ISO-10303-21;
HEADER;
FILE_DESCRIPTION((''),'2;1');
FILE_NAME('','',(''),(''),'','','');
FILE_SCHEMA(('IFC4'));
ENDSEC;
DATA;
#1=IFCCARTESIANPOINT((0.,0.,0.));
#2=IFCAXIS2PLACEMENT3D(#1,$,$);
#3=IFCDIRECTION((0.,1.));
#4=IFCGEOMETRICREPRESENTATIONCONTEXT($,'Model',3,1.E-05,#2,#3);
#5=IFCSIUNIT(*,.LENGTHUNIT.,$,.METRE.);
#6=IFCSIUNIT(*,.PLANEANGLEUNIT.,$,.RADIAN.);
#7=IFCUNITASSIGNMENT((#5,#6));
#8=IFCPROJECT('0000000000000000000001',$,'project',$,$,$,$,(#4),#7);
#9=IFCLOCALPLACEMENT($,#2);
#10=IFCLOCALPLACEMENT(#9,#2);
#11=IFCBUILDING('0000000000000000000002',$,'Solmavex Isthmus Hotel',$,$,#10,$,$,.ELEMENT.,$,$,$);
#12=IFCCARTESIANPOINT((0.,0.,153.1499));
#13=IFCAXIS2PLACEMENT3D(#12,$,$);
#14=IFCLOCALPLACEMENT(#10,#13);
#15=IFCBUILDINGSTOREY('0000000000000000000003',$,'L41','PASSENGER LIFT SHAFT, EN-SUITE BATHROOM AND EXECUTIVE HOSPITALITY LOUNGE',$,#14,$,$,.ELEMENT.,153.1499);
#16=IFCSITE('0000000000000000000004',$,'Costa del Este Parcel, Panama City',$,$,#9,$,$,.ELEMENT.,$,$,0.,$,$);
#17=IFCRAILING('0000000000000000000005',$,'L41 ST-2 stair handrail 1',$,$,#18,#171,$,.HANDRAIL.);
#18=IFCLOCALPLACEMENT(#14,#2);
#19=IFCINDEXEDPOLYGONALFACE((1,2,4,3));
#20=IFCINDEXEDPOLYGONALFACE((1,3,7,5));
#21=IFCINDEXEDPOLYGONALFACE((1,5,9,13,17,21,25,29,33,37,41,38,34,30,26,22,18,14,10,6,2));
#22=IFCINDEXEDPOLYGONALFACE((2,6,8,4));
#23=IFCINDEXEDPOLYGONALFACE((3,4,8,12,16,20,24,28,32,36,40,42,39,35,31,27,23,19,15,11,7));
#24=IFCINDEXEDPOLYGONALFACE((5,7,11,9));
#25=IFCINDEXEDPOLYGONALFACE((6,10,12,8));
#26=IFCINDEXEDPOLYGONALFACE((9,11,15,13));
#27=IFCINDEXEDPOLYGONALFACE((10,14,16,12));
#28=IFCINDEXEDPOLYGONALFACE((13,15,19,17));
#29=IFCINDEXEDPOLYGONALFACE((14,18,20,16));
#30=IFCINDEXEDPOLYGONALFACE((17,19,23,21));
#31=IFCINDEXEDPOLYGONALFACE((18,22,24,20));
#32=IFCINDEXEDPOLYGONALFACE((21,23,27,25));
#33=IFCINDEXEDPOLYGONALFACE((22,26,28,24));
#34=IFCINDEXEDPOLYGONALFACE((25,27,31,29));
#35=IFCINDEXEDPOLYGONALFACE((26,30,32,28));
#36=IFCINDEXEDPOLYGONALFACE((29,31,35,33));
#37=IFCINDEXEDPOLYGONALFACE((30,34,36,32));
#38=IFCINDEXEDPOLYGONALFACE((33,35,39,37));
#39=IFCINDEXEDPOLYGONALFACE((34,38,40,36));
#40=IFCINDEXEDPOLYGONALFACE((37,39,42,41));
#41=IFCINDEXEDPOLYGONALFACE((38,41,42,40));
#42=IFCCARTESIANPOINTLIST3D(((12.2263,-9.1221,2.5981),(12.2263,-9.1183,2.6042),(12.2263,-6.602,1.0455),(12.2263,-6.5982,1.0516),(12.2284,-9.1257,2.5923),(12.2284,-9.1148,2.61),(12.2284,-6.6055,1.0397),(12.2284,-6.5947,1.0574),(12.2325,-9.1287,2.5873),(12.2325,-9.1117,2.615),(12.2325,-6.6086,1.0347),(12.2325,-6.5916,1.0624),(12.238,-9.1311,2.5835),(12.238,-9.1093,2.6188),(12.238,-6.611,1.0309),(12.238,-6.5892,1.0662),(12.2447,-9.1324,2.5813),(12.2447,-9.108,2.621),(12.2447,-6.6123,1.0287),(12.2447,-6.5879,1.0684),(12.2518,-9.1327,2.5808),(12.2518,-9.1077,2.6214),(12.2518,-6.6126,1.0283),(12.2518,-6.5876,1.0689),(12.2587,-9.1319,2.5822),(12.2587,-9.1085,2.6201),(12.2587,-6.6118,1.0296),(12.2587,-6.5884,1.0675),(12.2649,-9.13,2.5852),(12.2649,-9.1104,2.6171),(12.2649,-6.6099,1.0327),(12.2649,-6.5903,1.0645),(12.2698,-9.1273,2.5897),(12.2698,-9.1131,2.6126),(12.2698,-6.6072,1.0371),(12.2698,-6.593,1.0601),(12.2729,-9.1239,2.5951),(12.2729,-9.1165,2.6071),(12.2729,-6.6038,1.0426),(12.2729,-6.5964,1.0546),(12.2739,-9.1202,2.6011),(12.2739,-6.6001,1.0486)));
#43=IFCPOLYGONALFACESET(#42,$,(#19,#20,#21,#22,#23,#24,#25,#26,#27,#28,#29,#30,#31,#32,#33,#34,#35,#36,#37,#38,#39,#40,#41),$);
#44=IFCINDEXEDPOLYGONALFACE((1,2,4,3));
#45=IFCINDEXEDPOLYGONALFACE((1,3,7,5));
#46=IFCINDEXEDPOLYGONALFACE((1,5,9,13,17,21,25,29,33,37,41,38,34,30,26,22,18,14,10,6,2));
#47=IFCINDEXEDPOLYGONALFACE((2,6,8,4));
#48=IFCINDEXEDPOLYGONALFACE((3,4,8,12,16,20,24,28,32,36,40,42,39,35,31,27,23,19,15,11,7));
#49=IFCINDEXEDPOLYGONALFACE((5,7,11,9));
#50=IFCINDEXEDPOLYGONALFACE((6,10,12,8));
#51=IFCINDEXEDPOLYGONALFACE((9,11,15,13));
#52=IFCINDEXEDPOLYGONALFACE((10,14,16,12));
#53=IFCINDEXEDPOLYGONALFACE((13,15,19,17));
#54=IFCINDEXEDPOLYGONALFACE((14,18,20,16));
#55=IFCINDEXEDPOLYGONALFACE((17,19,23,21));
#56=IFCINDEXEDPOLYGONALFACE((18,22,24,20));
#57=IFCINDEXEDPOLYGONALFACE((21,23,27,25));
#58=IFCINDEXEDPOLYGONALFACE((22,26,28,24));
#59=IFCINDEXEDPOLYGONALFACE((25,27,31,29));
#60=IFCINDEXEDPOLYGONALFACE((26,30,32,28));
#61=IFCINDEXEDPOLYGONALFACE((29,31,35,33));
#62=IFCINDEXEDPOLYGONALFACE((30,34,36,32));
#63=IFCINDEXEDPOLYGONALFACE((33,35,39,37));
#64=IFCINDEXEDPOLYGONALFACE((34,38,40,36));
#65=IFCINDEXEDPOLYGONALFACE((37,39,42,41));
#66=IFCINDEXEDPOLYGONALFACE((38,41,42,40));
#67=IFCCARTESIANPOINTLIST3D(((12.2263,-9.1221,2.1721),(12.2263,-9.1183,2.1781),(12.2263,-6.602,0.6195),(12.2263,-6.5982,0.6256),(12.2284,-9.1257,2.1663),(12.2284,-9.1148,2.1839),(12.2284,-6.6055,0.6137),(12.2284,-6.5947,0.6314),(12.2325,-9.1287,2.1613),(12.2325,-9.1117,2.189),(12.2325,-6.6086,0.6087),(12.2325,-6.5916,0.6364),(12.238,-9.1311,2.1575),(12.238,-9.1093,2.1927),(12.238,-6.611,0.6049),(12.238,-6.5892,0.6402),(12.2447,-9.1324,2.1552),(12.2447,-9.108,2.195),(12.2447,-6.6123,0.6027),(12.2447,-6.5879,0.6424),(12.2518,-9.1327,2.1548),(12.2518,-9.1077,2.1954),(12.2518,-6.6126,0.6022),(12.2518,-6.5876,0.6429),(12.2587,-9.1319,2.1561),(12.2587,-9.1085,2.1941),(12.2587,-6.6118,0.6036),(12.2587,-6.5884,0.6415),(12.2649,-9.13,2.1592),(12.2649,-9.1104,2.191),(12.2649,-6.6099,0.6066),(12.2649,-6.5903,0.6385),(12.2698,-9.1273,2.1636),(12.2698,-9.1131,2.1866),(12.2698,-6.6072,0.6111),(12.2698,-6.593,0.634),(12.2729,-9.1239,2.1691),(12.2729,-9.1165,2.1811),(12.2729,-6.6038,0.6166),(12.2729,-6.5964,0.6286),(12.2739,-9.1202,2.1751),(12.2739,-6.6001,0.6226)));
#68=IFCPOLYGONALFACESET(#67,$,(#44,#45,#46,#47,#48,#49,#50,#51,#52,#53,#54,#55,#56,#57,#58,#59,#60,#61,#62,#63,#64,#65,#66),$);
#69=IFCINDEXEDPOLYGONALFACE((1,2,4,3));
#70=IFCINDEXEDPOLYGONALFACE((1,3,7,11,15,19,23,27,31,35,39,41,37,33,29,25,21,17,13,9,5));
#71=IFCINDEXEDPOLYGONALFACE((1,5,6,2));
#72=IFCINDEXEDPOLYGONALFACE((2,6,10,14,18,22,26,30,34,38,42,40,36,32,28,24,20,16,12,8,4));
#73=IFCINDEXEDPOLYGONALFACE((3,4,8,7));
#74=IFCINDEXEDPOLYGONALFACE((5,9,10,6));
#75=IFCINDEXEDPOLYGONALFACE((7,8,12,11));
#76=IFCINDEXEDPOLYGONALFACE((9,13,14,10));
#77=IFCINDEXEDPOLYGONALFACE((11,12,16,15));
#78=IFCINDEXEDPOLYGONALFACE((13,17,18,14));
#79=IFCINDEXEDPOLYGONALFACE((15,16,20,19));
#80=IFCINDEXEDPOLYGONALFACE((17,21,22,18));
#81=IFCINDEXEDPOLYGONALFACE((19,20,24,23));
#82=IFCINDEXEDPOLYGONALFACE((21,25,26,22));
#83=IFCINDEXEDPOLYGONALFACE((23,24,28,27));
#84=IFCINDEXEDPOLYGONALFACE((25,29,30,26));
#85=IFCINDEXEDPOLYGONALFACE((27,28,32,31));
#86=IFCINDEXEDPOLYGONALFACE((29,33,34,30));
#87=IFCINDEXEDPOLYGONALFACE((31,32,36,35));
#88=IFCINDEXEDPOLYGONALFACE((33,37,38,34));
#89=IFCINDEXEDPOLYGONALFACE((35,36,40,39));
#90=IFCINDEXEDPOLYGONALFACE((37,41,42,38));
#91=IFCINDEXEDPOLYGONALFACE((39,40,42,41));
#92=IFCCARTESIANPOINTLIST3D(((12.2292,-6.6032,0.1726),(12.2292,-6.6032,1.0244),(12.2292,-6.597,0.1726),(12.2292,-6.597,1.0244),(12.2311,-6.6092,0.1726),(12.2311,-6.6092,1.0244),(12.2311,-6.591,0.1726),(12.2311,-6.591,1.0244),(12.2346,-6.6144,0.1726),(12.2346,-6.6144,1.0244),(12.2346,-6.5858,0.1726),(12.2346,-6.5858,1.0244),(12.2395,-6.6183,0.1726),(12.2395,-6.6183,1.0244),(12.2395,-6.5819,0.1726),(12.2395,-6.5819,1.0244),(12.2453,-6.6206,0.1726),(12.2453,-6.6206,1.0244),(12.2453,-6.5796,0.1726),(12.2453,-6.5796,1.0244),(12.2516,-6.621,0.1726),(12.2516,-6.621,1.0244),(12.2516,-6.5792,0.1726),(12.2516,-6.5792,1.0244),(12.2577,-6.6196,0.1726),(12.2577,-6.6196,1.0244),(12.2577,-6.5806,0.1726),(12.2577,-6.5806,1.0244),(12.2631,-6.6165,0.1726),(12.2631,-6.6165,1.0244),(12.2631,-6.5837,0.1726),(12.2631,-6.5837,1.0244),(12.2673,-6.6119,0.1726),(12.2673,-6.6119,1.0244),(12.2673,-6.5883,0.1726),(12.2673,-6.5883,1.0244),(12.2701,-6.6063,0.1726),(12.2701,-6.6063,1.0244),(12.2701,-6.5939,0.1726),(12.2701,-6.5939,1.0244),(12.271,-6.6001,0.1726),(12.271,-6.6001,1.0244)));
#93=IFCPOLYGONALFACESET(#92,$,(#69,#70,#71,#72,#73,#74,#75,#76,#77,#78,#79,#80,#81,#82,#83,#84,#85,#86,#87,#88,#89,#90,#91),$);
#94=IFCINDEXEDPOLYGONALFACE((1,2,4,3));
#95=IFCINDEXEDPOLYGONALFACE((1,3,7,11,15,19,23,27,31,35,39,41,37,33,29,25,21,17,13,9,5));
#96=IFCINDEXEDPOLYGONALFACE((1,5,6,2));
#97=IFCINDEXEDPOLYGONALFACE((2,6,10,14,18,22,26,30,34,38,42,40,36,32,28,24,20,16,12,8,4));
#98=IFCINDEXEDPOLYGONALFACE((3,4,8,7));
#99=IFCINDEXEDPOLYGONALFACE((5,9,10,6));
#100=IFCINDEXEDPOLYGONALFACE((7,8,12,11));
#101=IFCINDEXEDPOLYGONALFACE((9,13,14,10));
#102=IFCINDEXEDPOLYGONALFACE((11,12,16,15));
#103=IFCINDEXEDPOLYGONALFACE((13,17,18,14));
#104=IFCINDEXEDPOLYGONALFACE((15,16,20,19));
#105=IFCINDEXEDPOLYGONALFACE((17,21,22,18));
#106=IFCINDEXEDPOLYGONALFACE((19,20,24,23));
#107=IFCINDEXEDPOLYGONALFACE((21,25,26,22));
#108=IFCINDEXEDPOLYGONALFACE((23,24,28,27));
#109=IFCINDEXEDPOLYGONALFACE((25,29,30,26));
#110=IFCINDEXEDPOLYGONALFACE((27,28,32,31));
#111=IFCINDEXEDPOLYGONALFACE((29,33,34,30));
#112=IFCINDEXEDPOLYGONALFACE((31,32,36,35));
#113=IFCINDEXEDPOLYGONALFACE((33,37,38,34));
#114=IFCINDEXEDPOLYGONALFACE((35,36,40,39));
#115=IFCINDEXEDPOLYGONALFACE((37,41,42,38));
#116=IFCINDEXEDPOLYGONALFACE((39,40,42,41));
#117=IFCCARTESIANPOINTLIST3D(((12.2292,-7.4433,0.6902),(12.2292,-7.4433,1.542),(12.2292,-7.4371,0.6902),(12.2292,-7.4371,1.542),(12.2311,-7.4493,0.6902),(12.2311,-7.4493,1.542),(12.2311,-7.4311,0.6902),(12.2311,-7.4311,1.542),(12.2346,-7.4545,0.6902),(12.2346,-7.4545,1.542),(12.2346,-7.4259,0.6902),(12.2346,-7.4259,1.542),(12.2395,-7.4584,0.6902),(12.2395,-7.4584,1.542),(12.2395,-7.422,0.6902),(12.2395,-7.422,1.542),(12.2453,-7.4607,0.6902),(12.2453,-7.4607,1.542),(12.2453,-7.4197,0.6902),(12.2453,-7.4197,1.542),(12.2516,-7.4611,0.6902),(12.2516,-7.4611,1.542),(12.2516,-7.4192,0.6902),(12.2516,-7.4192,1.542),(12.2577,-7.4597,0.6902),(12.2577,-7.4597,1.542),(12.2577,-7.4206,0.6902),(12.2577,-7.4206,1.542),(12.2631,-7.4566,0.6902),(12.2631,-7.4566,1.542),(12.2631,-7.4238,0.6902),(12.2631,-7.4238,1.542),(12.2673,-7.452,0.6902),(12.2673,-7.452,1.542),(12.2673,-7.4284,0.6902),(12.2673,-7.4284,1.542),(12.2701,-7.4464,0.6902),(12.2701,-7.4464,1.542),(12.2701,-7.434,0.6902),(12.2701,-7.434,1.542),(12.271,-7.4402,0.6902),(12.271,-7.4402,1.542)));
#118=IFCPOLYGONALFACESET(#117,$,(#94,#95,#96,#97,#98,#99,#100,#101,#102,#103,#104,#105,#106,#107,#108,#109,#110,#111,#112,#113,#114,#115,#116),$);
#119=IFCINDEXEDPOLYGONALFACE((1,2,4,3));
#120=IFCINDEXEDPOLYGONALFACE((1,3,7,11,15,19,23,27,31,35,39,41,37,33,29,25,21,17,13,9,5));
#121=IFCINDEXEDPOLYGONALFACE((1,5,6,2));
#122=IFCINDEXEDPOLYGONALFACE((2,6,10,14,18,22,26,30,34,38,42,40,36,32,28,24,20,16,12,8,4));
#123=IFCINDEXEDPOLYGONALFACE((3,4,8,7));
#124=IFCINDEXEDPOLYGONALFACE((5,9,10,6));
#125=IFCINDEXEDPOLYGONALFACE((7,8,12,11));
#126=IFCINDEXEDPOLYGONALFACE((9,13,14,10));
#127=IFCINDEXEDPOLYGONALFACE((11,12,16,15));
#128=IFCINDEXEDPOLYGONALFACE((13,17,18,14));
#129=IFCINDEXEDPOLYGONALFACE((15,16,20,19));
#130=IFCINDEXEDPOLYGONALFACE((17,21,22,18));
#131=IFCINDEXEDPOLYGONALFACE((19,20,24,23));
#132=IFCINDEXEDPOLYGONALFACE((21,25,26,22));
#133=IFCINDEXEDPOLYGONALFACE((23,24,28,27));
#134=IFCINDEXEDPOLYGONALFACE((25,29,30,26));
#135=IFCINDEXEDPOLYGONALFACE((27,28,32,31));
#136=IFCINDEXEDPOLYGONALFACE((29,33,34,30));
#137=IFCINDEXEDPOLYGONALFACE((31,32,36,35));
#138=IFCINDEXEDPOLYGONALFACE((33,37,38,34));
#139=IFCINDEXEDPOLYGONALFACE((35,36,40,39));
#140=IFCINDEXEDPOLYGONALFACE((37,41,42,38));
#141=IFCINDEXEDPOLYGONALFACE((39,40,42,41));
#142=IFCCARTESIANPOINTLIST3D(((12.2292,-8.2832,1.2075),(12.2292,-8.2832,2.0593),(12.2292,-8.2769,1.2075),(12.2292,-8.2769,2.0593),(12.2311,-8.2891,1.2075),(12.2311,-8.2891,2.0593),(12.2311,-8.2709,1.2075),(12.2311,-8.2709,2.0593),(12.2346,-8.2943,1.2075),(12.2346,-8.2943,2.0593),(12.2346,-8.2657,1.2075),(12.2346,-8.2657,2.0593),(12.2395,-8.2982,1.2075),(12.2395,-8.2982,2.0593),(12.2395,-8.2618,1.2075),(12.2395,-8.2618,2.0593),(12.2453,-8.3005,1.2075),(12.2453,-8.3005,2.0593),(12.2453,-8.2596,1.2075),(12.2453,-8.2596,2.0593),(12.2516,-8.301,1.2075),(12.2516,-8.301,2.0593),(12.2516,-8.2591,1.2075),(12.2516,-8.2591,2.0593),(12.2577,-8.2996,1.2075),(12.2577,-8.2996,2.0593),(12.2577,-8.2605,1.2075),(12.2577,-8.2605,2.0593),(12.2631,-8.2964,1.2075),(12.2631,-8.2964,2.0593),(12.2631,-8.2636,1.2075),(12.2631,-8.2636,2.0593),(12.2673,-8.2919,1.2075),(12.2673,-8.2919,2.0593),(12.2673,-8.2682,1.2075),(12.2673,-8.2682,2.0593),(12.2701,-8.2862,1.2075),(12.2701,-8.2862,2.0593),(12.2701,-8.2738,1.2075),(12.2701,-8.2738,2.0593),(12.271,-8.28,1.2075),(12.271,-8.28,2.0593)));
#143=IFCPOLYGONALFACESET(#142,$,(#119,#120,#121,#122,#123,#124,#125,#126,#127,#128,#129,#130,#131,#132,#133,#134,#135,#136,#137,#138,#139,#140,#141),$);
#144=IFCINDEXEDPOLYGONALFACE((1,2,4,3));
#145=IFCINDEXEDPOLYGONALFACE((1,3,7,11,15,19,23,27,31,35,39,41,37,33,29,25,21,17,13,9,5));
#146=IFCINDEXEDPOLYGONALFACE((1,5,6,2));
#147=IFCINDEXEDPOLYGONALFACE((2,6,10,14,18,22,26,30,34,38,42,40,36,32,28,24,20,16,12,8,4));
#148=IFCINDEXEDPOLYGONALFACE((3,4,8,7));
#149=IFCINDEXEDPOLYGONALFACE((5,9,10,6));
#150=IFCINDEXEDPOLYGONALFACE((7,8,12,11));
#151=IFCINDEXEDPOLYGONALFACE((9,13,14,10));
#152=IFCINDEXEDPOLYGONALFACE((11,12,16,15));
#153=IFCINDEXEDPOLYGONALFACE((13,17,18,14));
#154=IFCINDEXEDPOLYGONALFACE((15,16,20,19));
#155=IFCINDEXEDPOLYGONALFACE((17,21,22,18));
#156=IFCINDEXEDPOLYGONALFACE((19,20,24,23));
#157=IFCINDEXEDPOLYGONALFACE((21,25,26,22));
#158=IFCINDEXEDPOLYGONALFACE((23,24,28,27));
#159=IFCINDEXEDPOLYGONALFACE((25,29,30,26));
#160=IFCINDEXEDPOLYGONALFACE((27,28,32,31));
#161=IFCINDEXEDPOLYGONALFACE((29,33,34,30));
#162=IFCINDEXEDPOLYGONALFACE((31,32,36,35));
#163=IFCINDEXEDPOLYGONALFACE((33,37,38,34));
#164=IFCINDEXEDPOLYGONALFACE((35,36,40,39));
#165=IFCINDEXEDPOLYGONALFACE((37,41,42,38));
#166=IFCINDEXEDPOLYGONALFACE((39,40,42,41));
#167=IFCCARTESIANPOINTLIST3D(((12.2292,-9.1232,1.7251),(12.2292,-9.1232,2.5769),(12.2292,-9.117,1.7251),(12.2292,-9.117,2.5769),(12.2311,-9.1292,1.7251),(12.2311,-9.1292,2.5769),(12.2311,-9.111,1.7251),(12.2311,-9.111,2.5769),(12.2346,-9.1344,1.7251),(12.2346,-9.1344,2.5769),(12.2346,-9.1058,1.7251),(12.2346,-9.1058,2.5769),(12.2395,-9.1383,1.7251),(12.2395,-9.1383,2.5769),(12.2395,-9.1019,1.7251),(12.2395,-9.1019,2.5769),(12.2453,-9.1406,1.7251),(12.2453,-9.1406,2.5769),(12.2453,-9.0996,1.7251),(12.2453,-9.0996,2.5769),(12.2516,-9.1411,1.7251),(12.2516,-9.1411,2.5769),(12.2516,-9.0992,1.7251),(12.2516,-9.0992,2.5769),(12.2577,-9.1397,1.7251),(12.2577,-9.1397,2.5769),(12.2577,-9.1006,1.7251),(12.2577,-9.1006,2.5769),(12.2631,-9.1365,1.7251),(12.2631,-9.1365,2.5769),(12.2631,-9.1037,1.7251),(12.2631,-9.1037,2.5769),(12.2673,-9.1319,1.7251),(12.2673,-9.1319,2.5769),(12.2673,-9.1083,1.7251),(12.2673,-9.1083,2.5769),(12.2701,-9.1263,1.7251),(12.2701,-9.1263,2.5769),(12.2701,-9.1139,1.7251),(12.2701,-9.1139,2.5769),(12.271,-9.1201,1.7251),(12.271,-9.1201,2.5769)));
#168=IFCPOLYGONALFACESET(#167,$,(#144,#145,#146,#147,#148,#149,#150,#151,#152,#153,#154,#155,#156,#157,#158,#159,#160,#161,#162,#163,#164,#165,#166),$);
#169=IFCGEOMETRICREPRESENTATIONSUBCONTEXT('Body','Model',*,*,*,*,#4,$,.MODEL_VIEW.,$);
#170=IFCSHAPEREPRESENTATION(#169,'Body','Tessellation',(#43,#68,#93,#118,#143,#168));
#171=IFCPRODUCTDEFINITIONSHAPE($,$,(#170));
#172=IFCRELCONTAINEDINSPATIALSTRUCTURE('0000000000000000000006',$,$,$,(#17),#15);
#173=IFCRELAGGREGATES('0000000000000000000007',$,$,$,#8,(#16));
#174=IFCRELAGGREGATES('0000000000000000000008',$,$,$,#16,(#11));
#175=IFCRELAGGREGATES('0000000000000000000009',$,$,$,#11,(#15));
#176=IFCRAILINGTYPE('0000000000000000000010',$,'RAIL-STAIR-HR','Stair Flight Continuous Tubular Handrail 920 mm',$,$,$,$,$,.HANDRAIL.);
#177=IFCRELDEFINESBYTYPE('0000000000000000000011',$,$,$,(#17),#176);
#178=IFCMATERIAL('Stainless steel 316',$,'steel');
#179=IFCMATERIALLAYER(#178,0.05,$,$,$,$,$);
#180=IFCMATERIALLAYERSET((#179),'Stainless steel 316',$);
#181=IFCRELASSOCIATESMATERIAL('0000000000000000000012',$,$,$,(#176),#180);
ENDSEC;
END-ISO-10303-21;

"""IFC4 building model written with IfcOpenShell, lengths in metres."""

from ifc_helpers import new_model, si_unit, direction, frame, origin, origin_2d, place, context, subcontext, project, spatial, circle, extrude, material, layer, layer_set, type_object, element, save


model = new_model("IFC4")

# Units and contexts
model_context = context("Model", 3, precision=1e-05, world=origin(), true_north=direction((0.0, 1.0)))
body_context = subcontext(model_context, "Body", "Model", "MODEL_VIEW")
ifc_project = project(units=[si_unit("LENGTHUNIT", "METRE"), si_unit("PLANEANGLEUNIT", "RADIAN")], contexts=[model_context])

# Site, building, storey
site_placement = place(None, origin())
site = spatial("IfcSite", under=ifc_project, at=site_placement, Name="Costa del Este Parcel, Panama City", CompositionType="ELEMENT", RefElevation=0.0)
building_placement = place(site_placement, origin())
building = spatial("IfcBuilding", under=site, at=building_placement, Name="Solmavex Isthmus Hotel", CompositionType="ELEMENT")
storey_placement = place(building_placement, frame((0.0, 0.0, 153.1499)))
storey = spatial("IfcBuildingStorey", under=building, at=storey_placement, Name="L41", Description="PASSENGER LIFT SHAFT, EN-SUITE BATHROOM AND EXECUTIVE HOSPITALITY LOUNGE", CompositionType="ELEMENT", Elevation=153.1499)

# Shared definitions
ifc_material_1 = material(Name="Stainless steel 316", Category="steel")

# Railing
ifc_layer_1 = layer(ifc_material_1, 0.05)
ifc_layer_set_1 = layer_set([ifc_layer_1], Name="Stainless steel 316")
railing_type_1 = type_object("IfcRailingType", Name="RAIL-STAIR-HR", Description="Stair Flight Continuous Tubular Handrail 920 mm", PredefinedType="HANDRAIL", material=ifc_layer_set_1)
railing_1_placement = place(storey_placement, frame((12.25, -6.6001, 0.1726)))
element("IfcRailing", 1, at=railing_1_placement, inside=storey, type_object=railing_type_1, Name="L41 ST-2 stair handrail 1", PredefinedType="HANDRAIL", context=body_context, shape_type="SweptSolid", body=[
    extrude(circle(Radius=0.0239, at=origin_2d()), frame((0.0, 0.0, 0.876), z_axis=(0.0, -0.8514, 0.524516), x_axis=(1.0, 0.0, 0.0)), (0.0, 0.0, 1.0), 2.96),
    extrude(circle(Radius=0.0239, at=origin_2d()), frame((0.0, 0.0, 0.45), z_axis=(0.0, -0.8514, 0.524516), x_axis=(1.0, 0.0, 0.0)), (0.0, 0.0, 1.0), 2.96),
    extrude(circle(Radius=0.021, at=origin_2d()), origin(), (0.0, 0.0, 1.0), 0.8518),
    extrude(circle(Radius=0.021, at=origin_2d()), frame((0.0, -0.8401, 0.5176)), (0.0, 0.0, 1.0), 0.8518),
    extrude(circle(Radius=0.021, at=origin_2d()), frame((0.0, -1.6799, 1.0349)), (0.0, 0.0, 1.0), 0.8518),
    extrude(circle(Radius=0.021, at=origin_2d()), frame((0.0, -2.52, 1.5525)), (0.0, 0.0, 1.0), 0.8518),
])

save(model, "model.ifc")
